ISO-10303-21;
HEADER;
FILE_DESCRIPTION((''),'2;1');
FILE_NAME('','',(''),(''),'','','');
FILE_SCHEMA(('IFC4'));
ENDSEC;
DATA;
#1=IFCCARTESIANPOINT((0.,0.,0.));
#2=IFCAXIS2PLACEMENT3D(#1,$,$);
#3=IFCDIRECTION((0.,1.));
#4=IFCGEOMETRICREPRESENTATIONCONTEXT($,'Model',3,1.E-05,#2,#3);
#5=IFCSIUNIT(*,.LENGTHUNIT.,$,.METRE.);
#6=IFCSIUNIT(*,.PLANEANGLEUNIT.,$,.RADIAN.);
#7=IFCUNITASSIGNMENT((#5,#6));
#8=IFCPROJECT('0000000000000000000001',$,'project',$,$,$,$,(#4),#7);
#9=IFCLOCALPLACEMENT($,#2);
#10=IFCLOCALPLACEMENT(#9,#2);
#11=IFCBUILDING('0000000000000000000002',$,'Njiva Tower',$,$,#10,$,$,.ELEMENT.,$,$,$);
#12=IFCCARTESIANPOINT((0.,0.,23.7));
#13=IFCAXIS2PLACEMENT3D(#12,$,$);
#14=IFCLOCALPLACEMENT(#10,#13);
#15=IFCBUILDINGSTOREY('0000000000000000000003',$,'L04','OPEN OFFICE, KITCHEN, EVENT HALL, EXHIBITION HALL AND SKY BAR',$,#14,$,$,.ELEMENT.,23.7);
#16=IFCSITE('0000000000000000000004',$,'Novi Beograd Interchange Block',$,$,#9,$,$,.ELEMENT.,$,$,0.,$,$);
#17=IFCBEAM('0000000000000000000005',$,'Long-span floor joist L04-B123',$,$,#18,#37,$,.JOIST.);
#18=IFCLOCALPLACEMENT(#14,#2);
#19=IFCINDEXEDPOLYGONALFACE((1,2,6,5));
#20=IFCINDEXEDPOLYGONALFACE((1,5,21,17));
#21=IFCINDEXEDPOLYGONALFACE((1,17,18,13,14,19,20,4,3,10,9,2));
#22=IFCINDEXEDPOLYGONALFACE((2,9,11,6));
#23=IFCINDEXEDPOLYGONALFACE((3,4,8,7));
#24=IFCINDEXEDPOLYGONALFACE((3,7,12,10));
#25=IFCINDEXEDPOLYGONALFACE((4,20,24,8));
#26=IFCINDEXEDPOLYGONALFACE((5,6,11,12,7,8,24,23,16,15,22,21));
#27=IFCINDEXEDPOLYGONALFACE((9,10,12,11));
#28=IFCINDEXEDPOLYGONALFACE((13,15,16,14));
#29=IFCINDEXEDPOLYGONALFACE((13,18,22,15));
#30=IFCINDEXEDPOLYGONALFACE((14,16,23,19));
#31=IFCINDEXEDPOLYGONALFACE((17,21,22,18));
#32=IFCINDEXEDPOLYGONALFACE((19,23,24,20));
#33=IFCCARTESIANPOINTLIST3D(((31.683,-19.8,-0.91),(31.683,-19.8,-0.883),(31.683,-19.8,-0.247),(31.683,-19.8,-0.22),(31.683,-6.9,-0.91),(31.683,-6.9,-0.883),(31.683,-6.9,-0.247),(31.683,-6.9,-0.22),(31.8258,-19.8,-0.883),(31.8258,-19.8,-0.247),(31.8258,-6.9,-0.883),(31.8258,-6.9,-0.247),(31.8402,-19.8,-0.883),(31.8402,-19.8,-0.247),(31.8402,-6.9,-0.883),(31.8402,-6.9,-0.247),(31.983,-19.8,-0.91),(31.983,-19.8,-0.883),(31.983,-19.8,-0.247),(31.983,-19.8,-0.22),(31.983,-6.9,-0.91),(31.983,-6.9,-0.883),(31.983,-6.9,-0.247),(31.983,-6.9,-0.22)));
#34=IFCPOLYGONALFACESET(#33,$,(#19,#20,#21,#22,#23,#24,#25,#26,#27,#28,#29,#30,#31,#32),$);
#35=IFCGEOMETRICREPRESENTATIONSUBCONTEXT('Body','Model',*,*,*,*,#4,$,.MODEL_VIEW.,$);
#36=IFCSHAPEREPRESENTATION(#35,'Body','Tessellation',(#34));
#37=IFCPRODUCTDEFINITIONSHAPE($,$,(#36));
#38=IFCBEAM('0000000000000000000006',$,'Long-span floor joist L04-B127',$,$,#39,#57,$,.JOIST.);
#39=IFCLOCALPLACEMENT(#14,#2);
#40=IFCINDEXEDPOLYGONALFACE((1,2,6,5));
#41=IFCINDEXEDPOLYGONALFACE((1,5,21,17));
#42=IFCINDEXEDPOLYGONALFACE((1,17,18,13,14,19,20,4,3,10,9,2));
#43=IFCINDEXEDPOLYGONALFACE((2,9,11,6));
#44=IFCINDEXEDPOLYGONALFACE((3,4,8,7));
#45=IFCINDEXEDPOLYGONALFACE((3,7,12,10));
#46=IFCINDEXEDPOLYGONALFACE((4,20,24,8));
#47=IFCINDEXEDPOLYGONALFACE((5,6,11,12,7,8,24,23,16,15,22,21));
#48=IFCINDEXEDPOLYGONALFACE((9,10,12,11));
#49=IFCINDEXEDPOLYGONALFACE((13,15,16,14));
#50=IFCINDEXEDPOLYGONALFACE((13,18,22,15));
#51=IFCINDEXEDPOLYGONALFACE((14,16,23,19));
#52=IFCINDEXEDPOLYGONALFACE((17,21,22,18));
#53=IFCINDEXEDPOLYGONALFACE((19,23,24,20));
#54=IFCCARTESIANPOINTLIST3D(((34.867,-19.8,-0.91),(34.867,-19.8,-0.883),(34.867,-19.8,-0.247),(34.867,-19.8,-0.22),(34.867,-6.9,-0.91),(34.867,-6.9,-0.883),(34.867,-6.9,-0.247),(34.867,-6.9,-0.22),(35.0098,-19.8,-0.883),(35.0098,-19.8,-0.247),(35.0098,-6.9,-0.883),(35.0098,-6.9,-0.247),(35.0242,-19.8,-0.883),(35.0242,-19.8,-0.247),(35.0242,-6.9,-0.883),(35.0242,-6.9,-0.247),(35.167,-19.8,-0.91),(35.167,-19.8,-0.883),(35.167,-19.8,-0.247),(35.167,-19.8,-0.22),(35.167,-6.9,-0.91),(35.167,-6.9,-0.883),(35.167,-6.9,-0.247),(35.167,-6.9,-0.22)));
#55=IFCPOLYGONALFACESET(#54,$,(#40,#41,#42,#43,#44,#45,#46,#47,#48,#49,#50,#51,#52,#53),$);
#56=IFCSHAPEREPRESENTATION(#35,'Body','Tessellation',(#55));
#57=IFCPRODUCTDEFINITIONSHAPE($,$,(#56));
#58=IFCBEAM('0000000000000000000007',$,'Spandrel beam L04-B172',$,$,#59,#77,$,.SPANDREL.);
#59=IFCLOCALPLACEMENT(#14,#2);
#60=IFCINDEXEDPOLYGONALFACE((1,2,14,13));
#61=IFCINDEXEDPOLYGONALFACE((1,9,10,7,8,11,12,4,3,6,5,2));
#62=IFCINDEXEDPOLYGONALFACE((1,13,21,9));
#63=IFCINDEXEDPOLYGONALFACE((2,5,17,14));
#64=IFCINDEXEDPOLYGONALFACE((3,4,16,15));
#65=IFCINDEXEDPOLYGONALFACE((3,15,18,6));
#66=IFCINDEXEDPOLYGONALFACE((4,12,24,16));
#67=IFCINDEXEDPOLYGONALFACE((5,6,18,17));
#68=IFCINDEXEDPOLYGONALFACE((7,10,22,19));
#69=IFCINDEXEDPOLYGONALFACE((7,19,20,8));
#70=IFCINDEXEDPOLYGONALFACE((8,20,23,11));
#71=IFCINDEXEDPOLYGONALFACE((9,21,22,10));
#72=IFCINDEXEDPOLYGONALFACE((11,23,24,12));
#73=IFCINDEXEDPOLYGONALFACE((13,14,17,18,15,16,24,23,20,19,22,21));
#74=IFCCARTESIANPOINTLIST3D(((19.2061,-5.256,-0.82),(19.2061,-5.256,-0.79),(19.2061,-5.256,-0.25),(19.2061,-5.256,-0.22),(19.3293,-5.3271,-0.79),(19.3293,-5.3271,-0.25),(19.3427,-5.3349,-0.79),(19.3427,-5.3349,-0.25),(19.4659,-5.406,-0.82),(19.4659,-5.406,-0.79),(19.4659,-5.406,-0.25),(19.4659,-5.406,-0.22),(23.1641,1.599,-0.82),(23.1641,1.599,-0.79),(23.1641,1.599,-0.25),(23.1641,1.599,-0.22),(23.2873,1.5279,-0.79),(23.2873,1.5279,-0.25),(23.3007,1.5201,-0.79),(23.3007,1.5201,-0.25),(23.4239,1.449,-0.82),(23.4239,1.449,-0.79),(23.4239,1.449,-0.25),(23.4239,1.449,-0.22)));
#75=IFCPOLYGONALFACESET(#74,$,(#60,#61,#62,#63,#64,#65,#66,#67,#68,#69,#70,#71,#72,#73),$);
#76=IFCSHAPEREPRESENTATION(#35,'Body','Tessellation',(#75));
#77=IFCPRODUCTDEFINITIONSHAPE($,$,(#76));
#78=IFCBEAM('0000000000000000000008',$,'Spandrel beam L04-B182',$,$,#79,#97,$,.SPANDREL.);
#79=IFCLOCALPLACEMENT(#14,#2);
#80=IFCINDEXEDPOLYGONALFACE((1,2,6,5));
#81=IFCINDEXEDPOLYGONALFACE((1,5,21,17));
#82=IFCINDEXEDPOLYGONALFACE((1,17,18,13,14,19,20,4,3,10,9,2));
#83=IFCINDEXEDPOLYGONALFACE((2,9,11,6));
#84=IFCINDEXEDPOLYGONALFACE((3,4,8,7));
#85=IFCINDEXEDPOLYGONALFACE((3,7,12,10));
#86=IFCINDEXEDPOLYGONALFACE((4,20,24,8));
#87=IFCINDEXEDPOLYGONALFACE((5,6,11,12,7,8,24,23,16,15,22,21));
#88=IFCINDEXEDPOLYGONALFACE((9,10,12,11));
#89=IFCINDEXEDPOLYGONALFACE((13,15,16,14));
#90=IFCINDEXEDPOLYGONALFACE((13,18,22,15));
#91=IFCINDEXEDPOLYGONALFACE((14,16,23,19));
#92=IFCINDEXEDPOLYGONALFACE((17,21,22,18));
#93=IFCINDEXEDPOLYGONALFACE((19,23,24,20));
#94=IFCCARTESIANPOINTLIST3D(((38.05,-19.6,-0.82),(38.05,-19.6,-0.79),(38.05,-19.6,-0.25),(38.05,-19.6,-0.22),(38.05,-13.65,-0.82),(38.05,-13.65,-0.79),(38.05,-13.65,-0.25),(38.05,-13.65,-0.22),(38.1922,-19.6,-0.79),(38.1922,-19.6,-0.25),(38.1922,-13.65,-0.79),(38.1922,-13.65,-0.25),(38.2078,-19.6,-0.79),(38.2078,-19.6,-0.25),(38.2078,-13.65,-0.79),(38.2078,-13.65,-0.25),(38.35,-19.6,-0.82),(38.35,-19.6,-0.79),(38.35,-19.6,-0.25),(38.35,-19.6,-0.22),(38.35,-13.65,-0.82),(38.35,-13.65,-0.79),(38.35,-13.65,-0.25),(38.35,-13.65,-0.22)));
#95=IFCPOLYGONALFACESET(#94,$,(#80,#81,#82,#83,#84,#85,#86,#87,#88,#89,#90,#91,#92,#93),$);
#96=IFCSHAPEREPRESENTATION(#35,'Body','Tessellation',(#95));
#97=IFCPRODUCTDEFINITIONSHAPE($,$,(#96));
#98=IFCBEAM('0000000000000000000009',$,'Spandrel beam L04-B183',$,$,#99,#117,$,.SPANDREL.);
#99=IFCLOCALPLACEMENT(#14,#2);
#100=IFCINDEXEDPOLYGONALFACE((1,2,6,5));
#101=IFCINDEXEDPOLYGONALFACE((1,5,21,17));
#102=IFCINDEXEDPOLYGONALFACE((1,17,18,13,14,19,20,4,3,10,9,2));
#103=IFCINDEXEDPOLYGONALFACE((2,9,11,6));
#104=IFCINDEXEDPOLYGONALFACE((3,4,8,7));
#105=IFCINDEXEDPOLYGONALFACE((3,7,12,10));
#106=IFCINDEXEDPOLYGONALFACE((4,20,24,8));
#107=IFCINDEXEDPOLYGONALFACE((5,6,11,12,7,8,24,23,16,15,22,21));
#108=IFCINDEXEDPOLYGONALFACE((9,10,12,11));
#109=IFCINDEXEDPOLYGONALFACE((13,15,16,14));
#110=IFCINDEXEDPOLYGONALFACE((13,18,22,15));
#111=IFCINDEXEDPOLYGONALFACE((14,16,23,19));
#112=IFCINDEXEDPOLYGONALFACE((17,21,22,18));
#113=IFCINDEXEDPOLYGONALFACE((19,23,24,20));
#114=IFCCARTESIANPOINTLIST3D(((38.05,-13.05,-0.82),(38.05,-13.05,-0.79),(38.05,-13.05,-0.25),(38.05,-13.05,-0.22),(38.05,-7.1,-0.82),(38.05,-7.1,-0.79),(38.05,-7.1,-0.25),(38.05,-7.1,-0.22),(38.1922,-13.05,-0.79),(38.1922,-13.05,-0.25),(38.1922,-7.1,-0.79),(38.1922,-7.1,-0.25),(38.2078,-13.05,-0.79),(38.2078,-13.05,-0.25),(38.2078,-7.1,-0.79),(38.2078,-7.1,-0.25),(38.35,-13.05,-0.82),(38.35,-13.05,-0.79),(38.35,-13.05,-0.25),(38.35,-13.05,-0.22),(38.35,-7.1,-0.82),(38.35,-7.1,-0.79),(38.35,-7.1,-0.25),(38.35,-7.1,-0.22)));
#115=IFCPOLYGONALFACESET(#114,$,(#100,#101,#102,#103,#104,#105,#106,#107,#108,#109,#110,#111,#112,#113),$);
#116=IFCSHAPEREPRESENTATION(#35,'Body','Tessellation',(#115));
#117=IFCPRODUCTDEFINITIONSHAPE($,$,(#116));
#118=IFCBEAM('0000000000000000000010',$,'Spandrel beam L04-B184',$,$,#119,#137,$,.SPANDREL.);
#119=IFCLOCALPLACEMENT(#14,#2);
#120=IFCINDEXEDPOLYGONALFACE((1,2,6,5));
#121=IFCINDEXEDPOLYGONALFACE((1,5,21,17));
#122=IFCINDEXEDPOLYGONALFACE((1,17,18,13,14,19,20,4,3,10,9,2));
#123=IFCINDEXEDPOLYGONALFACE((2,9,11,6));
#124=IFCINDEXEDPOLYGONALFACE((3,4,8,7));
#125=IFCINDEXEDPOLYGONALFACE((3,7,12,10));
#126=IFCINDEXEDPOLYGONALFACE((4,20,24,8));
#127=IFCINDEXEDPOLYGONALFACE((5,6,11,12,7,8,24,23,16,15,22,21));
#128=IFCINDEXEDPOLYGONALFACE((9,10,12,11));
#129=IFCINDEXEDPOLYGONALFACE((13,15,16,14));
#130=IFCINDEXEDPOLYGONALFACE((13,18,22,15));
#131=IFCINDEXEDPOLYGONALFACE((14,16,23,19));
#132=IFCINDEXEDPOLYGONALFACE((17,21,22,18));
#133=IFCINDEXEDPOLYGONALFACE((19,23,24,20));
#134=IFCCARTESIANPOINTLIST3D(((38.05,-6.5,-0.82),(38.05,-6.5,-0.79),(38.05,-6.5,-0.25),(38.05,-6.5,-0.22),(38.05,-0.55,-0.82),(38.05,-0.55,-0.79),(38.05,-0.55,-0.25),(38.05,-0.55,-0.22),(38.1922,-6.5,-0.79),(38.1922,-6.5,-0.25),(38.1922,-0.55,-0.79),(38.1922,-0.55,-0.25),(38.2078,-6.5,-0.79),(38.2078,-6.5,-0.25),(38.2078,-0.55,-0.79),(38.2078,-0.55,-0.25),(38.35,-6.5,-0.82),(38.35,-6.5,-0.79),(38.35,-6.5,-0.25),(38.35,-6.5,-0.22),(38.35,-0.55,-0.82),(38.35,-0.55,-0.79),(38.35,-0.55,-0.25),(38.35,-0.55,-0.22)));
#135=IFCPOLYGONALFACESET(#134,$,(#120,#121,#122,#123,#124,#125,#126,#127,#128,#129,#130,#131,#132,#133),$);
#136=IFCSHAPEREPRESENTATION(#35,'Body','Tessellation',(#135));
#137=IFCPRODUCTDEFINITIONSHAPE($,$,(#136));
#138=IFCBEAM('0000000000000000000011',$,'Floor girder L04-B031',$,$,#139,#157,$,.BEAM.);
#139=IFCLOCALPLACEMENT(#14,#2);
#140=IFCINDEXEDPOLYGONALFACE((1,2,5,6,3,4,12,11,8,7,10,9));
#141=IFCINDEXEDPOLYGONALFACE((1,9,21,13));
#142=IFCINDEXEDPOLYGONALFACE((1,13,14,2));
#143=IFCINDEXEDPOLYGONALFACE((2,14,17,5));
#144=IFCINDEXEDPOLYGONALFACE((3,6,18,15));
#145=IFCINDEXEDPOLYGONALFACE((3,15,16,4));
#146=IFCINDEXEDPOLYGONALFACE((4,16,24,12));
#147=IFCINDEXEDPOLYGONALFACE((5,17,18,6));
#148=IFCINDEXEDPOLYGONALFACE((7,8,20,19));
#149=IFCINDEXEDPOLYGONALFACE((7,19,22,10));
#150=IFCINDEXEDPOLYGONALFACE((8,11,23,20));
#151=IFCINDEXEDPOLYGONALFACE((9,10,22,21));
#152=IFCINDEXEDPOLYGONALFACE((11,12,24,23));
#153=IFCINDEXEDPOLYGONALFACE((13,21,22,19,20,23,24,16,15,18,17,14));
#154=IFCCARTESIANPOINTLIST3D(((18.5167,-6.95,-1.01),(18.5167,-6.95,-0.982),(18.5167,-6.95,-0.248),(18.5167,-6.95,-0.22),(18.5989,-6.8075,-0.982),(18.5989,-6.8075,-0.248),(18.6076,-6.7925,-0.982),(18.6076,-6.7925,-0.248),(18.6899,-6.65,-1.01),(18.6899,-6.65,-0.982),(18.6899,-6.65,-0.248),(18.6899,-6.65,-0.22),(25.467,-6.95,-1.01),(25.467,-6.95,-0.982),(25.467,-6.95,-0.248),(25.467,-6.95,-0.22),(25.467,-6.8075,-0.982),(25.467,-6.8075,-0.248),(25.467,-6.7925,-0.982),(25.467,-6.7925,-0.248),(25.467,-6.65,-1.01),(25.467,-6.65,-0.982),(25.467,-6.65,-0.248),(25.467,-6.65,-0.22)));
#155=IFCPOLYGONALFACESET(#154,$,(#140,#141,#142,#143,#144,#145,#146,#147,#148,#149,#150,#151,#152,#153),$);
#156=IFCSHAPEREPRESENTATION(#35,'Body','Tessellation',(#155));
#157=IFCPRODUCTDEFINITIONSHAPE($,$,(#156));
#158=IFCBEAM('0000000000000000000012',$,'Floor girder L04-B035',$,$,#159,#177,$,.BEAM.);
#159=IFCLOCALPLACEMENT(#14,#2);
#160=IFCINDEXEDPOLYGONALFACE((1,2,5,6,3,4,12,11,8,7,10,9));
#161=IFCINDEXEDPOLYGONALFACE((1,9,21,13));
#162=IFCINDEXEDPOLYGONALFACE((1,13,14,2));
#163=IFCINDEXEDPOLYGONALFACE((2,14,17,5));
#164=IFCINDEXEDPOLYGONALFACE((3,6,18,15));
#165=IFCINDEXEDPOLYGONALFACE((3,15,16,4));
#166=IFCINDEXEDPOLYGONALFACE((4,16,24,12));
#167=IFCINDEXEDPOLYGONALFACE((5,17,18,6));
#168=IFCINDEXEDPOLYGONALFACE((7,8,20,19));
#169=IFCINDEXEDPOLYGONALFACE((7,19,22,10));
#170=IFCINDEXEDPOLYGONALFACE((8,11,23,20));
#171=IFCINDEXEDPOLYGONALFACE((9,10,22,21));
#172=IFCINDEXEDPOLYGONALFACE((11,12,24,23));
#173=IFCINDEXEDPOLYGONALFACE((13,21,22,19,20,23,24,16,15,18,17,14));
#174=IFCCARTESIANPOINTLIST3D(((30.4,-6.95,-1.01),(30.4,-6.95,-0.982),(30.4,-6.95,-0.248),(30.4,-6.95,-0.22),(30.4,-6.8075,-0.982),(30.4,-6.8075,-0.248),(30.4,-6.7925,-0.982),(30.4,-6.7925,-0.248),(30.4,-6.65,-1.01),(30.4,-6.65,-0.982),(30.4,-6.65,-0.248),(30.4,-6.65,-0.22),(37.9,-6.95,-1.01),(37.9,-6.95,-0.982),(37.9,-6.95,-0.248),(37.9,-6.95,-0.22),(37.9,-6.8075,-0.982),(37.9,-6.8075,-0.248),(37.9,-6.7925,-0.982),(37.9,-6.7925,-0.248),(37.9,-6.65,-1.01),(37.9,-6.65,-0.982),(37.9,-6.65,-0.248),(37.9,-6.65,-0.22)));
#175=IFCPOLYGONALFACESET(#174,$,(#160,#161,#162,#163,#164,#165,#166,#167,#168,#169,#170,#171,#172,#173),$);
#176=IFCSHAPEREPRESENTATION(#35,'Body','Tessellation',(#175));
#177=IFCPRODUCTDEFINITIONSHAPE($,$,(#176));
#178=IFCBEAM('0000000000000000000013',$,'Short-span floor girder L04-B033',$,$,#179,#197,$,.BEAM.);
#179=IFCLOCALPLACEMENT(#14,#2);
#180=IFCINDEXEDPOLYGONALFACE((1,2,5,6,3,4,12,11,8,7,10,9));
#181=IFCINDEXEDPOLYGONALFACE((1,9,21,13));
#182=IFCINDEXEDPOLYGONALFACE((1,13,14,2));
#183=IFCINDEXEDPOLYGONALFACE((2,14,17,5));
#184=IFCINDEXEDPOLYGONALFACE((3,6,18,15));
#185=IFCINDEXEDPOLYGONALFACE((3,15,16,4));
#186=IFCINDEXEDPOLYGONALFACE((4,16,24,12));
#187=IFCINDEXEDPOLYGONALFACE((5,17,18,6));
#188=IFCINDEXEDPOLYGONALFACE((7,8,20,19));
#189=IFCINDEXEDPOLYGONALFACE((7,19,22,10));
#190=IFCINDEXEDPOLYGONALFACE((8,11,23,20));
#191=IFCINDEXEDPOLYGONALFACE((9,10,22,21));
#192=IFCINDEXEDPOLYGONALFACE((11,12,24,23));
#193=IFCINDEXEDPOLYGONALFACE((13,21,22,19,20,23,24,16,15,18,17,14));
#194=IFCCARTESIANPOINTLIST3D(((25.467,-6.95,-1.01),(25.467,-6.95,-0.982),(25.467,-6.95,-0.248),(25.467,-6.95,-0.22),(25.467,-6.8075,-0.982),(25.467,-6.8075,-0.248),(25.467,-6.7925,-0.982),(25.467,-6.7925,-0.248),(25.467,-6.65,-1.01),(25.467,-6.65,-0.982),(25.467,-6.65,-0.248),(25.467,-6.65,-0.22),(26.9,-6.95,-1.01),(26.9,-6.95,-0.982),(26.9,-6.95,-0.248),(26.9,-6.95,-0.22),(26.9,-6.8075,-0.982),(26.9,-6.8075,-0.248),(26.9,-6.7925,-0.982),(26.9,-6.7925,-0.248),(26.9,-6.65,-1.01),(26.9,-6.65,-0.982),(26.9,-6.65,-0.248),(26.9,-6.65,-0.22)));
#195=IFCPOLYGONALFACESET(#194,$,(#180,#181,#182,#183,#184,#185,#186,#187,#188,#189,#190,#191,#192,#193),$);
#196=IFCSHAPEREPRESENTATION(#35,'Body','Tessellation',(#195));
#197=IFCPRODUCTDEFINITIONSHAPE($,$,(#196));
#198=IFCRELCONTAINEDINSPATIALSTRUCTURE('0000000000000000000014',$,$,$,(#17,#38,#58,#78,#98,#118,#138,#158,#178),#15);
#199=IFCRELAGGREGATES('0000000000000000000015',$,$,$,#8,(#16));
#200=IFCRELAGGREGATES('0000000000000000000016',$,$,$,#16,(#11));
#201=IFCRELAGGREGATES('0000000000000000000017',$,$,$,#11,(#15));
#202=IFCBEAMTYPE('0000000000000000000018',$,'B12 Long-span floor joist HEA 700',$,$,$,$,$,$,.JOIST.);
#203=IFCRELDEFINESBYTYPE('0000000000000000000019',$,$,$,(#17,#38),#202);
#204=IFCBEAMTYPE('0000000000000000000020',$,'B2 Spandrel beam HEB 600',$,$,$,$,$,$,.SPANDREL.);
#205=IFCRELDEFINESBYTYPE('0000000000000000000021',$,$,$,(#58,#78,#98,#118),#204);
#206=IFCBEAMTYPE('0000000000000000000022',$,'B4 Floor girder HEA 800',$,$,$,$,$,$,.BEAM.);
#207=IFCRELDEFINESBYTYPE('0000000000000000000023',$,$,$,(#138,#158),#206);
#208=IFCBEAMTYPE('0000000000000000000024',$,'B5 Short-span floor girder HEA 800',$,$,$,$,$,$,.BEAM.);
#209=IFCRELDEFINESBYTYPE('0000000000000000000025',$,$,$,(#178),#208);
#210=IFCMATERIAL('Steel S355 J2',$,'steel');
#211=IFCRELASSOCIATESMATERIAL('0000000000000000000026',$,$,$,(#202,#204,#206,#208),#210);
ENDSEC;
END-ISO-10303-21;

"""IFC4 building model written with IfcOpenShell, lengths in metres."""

from ifc_helpers import new_model, si_unit, direction, frame, origin, origin_2d, place, context, subcontext, project, spatial, i_section, extrude, clip, halfspace, material, material_profile, profile_set, type_object, element, save


model = new_model("IFC4")

# Units and contexts
model_context = context("Model", 3, precision=1e-05, world=origin(), true_north=direction((0.0, 1.0)))
body_context = subcontext(model_context, "Body", "Model", "MODEL_VIEW")
ifc_project = project(units=[si_unit("LENGTHUNIT", "METRE"), si_unit("PLANEANGLEUNIT", "RADIAN")], contexts=[model_context])

# Site, building, storey
site_placement = place(None, origin())
site = spatial("IfcSite", under=ifc_project, at=site_placement, Name="Novi Beograd Interchange Block", CompositionType="ELEMENT", RefElevation=0.0)
building_placement = place(site_placement, origin())
building = spatial("IfcBuilding", under=site, at=building_placement, Name="Njiva Tower", CompositionType="ELEMENT")
storey_placement = place(building_placement, frame((0.0, 0.0, 23.7)))
storey = spatial("IfcBuildingStorey", under=building, at=storey_placement, Name="L04", Description="OPEN OFFICE, KITCHEN, EVENT HALL, EXHIBITION HALL AND SKY BAR", CompositionType="ELEMENT", Elevation=23.7)

# Shared definitions
ifc_material_1 = material(Name="Steel S355 J2", Category="steel")

# Beams
ifc_material_profile_1 = material_profile(ifc_material_1, i_section(OverallWidth=0.3, OverallDepth=0.69, WebThickness=0.0145, FlangeThickness=0.027, at=origin_2d()), Name="HEA 700")
ifc_profile_set_1 = profile_set([ifc_material_profile_1], Name="Steel S355 J2")
beam_type_1 = type_object("IfcBeamType", Name="B12 Long-span floor joist HEA 700", PredefinedType="JOIST", material=ifc_profile_set_1)
for number, where, z_axis, x_axis, name in (
    (1, (31.833, -6.9, -0.565), (0.0, -1.0, 0.0), (1.0, 0.0, 0.0), "Long-span floor joist L04-B123"),
    (2, (35.017, -6.9, -0.565), (0.0, -1.0, 0.0), (1.0, 0.0, 0.0), "Long-span floor joist L04-B127"),
):
    element("IfcBeam", number, at=place(storey_placement, frame(where, z_axis=z_axis, x_axis=x_axis)), inside=storey, type_object=beam_type_1, Name=name, PredefinedType="JOIST", context=body_context, shape_type="SweptSolid", body=[
        extrude(i_section(OverallWidth=0.3, OverallDepth=0.69, WebThickness=0.0145, FlangeThickness=0.027, at=origin_2d()), origin(), (0.0, 0.0, 1.0), 12.9),
    ])
ifc_material_profile_2 = material_profile(ifc_material_1, i_section(OverallWidth=0.3, OverallDepth=0.6, WebThickness=0.0155, FlangeThickness=0.03, at=origin_2d()), Name="HEB 600")
ifc_profile_set_2 = profile_set([ifc_material_profile_2], Name="Steel S355 J2")
beam_type_2 = type_object("IfcBeamType", Name="B2 Spandrel beam HEB 600", PredefinedType="SPANDREL", material=ifc_profile_set_2)
beam_1_placement = place(storey_placement, frame((19.336, -5.331, -0.52), z_axis=(0.500025, 0.866011, 0.0), x_axis=(-0.866011, 0.500025, 0.0)))
element("IfcBeam", 3, at=beam_1_placement, inside=storey, type_object=beam_type_2, Name="Spandrel beam L04-B172", PredefinedType="SPANDREL", context=body_context, shape_type="SweptSolid", body=[
    extrude(i_section(OverallWidth=0.3, OverallDepth=0.6, WebThickness=0.0155, FlangeThickness=0.03, at=origin_2d()), origin(), (0.0, 0.0, 1.0), 7.9156),
])
for number, where, z_axis, x_axis, name in (
    (4, (38.2, -19.6, -0.52), (0.0, 1.0, 0.0), (-1.0, 0.0, 0.0), "Spandrel beam L04-B182"),
    (5, (38.2, -13.05, -0.52), (0.0, 1.0, 0.0), (-1.0, 0.0, 0.0), "Spandrel beam L04-B183"),
    (6, (38.2, -6.5, -0.52), (0.0, 1.0, 0.0), (-1.0, 0.0, 0.0), "Spandrel beam L04-B184"),
):
    element("IfcBeam", number, at=place(storey_placement, frame(where, z_axis=z_axis, x_axis=x_axis)), inside=storey, type_object=beam_type_2, Name=name, PredefinedType="SPANDREL", context=body_context, shape_type="SweptSolid", body=[
        extrude(i_section(OverallWidth=0.3, OverallDepth=0.6, WebThickness=0.0155, FlangeThickness=0.03, at=origin_2d()), origin(), (0.0, 0.0, 1.0), 5.95),
    ])
ifc_material_profile_3 = material_profile(ifc_material_1, i_section(OverallWidth=0.3, OverallDepth=0.79, WebThickness=0.015, FlangeThickness=0.028, at=origin_2d()), Name="HEA 800")
ifc_profile_set_3 = profile_set([ifc_material_profile_3], Name="Steel S355 J2")
beam_type_3 = type_object("IfcBeamType", Name="B4 Floor girder HEA 800", PredefinedType="BEAM", material=ifc_profile_set_3)
beam_2_placement = place(storey_placement, frame((18.496, -6.8, -0.615), z_axis=(1.0, 0.0, 0.0), x_axis=(0.0, 1.0, 0.0)))
element("IfcBeam", 7, at=beam_2_placement, inside=storey, type_object=beam_type_3, Name="Floor girder L04-B031", PredefinedType="BEAM", context=body_context, shape_type="Clipping", body=[
    clip(extrude(i_section(OverallWidth=0.3, OverallDepth=0.79, WebThickness=0.015, FlangeThickness=0.028, at=origin_2d()), origin(), (0.0, 0.0, 1.0), 6.971), halfspace(frame((0.025, 0.0, 0.1217), z_axis=(0.499998, 0.0, -0.866027), x_axis=(0.0, -1.0, 0.0)), False)),
])
beam_3_placement = place(storey_placement, frame((30.4, -6.8, -0.615), z_axis=(1.0, 0.0, 0.0), x_axis=(0.0, 1.0, 0.0)))
element("IfcBeam", 8, at=beam_3_placement, inside=storey, type_object=beam_type_3, Name="Floor girder L04-B035", PredefinedType="BEAM", context=body_context, shape_type="SweptSolid", body=[
    extrude(i_section(OverallWidth=0.3, OverallDepth=0.79, WebThickness=0.015, FlangeThickness=0.028, at=origin_2d()), origin(), (0.0, 0.0, 1.0), 7.5),
])
ifc_material_profile_4 = material_profile(ifc_material_1, i_section(OverallWidth=0.3, OverallDepth=0.79, WebThickness=0.015, FlangeThickness=0.028, at=origin_2d()), Name="HEA 800")
ifc_profile_set_4 = profile_set([ifc_material_profile_4], Name="Steel S355 J2")
beam_type_4 = type_object("IfcBeamType", Name="B5 Short-span floor girder HEA 800", PredefinedType="BEAM", material=ifc_profile_set_4)
beam_4_placement = place(storey_placement, frame((25.467, -6.8, -0.615), z_axis=(1.0, 0.0, 0.0), x_axis=(0.0, 1.0, 0.0)))
element("IfcBeam", 9, at=beam_4_placement, inside=storey, type_object=beam_type_4, Name="Short-span floor girder L04-B033", PredefinedType="BEAM", context=body_context, shape_type="SweptSolid", body=[
    extrude(i_section(OverallWidth=0.3, OverallDepth=0.79, WebThickness=0.015, FlangeThickness=0.028, at=origin_2d()), origin(), (0.0, 0.0, 1.0), 1.433),
])

save(model, "model.ifc")
